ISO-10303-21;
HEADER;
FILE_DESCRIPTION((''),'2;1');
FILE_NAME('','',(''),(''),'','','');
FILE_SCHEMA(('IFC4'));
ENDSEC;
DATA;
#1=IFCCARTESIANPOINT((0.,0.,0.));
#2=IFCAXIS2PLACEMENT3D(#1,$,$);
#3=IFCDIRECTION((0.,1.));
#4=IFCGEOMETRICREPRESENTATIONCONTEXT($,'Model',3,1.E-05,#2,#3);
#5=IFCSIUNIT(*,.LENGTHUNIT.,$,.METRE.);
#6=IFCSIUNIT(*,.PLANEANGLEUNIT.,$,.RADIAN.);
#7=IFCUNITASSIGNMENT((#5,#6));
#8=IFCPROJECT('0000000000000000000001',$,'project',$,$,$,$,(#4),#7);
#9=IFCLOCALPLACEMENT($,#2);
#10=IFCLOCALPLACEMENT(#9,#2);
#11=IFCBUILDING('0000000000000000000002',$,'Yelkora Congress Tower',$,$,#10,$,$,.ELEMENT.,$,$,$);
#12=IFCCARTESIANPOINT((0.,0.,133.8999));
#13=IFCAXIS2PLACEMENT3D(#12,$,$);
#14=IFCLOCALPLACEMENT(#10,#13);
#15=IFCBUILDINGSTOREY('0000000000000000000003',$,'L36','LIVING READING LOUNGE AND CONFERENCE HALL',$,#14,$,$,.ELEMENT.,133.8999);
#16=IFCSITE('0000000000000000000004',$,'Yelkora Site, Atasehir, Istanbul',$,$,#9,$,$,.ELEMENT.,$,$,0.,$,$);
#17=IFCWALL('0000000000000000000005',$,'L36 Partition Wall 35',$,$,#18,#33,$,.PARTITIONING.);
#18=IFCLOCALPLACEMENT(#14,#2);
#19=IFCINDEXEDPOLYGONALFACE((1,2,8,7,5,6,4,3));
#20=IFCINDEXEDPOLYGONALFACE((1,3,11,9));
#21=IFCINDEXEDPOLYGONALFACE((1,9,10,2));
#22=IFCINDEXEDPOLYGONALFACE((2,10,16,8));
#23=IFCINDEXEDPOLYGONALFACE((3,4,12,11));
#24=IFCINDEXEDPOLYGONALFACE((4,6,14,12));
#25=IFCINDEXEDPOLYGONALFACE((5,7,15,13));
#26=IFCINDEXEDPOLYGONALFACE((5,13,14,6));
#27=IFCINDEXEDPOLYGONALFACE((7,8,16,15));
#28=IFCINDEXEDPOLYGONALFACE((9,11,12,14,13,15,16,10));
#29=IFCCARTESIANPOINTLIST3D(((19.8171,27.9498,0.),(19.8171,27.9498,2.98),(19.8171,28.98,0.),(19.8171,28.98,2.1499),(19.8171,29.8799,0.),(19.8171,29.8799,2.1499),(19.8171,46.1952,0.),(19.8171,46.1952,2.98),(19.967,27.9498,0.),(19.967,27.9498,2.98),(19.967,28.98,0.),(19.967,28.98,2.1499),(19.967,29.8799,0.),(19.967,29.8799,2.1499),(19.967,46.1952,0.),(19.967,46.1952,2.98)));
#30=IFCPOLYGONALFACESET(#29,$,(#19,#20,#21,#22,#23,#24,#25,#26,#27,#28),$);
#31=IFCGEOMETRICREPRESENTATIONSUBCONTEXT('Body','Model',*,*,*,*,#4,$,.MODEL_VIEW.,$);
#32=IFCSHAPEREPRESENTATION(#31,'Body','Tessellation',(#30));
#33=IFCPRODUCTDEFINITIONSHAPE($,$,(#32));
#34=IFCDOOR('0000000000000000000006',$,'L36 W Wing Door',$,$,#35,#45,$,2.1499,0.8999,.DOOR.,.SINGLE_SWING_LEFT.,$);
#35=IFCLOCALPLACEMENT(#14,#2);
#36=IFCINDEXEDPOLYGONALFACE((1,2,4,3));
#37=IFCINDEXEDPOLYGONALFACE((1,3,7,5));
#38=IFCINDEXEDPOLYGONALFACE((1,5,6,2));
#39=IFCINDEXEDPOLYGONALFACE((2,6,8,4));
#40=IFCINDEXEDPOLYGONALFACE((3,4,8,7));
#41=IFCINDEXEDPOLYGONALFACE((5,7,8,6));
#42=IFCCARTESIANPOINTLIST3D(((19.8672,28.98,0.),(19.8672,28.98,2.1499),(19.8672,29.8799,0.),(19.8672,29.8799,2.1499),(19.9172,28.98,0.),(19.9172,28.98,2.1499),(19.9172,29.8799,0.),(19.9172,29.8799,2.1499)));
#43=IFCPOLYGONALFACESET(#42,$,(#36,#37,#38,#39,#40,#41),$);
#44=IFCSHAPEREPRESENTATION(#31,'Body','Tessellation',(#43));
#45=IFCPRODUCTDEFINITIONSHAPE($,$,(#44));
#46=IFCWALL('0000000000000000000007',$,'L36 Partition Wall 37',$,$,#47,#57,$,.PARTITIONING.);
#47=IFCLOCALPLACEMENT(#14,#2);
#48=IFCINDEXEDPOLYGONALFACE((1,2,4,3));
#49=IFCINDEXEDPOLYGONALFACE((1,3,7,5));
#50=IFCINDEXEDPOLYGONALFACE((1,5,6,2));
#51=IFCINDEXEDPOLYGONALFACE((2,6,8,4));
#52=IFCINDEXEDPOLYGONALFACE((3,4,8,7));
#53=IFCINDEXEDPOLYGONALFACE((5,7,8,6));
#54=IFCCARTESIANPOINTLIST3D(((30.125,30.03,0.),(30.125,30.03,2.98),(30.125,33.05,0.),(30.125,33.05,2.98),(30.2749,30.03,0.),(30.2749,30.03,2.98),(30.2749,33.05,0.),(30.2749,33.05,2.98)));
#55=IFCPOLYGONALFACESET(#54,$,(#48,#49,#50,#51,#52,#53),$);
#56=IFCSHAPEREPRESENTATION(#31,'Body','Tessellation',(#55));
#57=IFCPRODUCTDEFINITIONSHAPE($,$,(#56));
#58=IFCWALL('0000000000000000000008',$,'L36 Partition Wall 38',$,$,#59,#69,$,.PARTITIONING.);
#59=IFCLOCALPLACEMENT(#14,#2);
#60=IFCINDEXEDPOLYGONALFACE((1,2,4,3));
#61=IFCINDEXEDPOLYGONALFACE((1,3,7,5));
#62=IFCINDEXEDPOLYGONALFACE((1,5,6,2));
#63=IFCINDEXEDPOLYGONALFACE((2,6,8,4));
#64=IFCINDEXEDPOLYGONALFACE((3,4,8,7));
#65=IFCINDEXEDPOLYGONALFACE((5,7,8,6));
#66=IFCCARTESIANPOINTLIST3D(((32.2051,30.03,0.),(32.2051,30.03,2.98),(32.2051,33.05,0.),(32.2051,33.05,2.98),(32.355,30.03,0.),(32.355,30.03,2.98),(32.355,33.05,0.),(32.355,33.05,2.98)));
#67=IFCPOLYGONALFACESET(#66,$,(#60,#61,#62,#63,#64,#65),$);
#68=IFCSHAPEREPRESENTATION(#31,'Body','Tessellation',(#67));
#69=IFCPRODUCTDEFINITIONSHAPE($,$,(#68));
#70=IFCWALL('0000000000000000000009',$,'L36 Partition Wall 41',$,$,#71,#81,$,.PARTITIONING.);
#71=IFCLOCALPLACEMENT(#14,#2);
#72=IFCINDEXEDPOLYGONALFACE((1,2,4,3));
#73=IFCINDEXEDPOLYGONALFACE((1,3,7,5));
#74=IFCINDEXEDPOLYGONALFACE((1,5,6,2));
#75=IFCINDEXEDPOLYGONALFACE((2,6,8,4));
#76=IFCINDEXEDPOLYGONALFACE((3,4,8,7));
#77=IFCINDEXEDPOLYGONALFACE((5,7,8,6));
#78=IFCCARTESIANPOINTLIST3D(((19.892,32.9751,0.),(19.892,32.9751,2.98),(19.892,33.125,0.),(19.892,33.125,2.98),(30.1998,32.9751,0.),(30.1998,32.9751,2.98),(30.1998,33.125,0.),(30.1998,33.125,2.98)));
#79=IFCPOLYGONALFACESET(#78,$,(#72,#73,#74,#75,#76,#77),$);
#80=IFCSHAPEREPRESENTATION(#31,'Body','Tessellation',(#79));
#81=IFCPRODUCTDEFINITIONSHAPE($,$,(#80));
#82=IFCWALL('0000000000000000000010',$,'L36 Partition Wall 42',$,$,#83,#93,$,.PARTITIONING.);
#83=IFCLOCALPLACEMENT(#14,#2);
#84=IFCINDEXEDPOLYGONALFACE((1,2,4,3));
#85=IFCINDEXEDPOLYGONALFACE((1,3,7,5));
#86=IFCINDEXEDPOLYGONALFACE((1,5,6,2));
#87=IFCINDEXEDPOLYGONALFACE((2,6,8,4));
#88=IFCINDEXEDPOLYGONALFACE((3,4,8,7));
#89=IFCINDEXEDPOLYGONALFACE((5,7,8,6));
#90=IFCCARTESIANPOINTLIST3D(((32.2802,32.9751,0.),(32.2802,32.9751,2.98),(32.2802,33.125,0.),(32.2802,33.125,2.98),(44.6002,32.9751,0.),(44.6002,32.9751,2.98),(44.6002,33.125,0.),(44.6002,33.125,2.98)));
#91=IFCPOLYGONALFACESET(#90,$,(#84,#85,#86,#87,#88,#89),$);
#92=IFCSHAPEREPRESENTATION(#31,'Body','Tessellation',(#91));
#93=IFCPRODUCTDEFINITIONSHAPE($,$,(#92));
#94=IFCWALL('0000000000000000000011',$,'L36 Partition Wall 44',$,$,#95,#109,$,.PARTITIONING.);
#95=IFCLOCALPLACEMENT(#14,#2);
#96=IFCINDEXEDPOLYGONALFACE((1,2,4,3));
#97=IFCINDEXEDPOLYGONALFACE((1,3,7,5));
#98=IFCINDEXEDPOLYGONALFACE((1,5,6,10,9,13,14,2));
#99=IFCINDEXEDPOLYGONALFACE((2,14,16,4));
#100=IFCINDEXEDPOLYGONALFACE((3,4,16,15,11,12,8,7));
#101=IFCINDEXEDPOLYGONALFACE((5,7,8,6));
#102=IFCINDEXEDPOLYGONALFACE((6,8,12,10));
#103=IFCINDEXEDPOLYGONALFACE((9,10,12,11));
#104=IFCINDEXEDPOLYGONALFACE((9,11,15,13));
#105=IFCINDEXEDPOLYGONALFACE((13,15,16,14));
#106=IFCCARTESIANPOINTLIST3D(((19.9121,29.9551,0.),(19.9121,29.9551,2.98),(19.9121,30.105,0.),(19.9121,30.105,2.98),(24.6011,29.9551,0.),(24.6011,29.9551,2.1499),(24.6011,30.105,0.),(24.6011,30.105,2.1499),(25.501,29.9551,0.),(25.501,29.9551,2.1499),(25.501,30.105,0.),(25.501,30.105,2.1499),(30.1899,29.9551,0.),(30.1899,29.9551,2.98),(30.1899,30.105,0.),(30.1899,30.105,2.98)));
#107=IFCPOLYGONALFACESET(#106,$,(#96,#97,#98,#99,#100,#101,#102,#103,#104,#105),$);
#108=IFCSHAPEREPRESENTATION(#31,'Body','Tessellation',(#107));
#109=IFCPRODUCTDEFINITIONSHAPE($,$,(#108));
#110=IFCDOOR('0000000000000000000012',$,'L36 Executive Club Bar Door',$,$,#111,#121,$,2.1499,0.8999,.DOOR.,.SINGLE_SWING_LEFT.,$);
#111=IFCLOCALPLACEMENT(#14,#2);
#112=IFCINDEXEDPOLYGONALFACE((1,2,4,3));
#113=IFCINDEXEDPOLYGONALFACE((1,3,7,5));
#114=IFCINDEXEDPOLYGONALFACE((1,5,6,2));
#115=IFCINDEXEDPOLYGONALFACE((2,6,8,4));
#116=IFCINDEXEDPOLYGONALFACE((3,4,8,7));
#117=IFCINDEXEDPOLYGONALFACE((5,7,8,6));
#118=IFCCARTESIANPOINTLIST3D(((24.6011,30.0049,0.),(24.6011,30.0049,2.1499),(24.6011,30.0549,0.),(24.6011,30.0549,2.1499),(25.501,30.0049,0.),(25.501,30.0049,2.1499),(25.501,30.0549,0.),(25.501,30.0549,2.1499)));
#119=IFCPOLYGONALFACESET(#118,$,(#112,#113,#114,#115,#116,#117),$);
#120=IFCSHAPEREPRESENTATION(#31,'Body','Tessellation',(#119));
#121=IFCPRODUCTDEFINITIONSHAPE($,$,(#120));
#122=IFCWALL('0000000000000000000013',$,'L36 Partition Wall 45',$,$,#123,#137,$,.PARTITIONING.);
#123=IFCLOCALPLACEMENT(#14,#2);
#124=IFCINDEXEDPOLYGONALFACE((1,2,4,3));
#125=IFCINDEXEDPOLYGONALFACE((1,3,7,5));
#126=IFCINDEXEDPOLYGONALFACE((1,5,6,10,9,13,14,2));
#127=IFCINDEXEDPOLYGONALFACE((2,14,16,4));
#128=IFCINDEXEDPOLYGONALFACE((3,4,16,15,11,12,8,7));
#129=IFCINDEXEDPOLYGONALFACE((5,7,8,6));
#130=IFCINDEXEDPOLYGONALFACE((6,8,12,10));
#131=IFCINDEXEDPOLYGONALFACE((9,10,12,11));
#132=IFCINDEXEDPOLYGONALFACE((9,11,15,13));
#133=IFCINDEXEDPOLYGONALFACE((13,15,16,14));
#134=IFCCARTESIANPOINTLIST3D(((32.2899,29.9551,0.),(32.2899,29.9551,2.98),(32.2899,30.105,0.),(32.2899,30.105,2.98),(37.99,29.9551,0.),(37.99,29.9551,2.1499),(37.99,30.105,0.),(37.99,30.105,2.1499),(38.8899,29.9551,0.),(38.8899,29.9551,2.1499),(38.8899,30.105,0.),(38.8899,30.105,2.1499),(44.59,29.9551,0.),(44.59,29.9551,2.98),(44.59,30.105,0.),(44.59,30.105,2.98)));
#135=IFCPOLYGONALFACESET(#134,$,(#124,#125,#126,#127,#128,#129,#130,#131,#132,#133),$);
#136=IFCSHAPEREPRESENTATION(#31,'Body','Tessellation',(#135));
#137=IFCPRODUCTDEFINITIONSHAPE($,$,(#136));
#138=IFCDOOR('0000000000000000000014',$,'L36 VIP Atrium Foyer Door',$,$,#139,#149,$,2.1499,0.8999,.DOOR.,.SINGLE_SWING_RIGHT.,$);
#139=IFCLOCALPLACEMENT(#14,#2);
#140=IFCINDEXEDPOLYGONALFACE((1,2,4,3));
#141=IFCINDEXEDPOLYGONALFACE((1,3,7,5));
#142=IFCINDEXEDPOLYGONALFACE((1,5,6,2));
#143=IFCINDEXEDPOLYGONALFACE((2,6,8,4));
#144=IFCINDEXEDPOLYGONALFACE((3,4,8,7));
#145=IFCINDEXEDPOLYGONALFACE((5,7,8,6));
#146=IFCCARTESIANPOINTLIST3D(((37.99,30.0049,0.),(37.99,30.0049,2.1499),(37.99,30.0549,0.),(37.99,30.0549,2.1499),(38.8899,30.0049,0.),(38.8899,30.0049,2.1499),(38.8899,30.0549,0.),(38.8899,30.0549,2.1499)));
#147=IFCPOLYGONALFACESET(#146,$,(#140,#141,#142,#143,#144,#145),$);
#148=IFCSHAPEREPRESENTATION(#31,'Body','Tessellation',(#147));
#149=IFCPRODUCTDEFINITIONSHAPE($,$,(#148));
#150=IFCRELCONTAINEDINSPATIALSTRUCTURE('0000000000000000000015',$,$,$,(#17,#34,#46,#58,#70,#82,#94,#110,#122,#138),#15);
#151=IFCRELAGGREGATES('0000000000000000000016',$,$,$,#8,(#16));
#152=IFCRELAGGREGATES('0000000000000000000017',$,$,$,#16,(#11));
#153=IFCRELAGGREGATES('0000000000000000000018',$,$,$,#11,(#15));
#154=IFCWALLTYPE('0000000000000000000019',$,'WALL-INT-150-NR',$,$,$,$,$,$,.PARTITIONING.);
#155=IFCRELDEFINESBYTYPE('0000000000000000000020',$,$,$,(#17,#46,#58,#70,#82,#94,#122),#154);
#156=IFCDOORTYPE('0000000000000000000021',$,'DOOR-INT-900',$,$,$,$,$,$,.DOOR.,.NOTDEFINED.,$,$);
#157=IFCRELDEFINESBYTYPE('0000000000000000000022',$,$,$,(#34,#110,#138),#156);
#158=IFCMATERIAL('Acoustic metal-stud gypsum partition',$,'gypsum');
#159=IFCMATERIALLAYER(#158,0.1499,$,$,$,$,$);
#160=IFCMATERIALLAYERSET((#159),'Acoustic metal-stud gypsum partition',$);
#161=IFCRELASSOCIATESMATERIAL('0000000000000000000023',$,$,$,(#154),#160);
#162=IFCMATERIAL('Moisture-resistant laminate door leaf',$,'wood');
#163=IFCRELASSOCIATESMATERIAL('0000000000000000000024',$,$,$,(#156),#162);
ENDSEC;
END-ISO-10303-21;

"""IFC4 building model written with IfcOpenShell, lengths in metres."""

from ifc_helpers import new_model, si_unit, direction, frame, frame_2d, origin, place, context, subcontext, project, spatial, rectangle, extrude, material, layer, layer_set, type_object, element, fill, save


model = new_model("IFC4")

# Units and contexts
model_context = context("Model", 3, precision=1e-05, world=origin(), true_north=direction((0.0, 1.0)))
body_context = subcontext(model_context, "Body", "Model", "MODEL_VIEW")
ifc_project = project(units=[si_unit("LENGTHUNIT", "METRE"), si_unit("PLANEANGLEUNIT", "RADIAN")], contexts=[model_context])

# Site, building, storey
site_placement = place(None, origin())
site = spatial("IfcSite", under=ifc_project, at=site_placement, Name="Yelkora Site, Atasehir, Istanbul", CompositionType="ELEMENT", RefElevation=0.0)
building_placement = place(site_placement, origin())
building = spatial("IfcBuilding", under=site, at=building_placement, Name="Yelkora Congress Tower", CompositionType="ELEMENT")
storey_placement = place(building_placement, frame((0.0, 0.0, 133.8999)))
storey = spatial("IfcBuildingStorey", under=building, at=storey_placement, Name="L36", Description="LIVING READING LOUNGE AND CONFERENCE HALL", CompositionType="ELEMENT", Elevation=133.8999)

# Wall, opening, door
ifc_material_1 = material(Name="Acoustic metal-stud gypsum partition", Category="gypsum")
ifc_layer = layer(ifc_material_1, 0.1499)
ifc_layer_set = layer_set([ifc_layer], Name="Acoustic metal-stud gypsum partition")
wall_type = type_object("IfcWallType", Name="WALL-INT-150-NR", PredefinedType="PARTITIONING", material=ifc_layer_set)
wall_1_placement = place(storey_placement, frame((19.8921, 27.95, 0.0), z_axis=(0.0, 0.0, 1.0), x_axis=(0.0, 1.0, 0.0)))
wall_1 = element("IfcWall", 1, at=wall_1_placement, inside=storey, type_object=wall_type, Name="L36 Partition Wall 35", PredefinedType="PARTITIONING", context=body_context, shape_type="SweptSolid", body=[
    extrude(rectangle(XDim=18.2454, YDim=0.1499, at=frame_2d((9.1226, 0.0))), origin(), (0.0, 0.0, 1.0), 2.98),
])
opening_1_placement = place(wall_1_placement, frame((1.03, 0.0, 0.0)))
opening_1 = element("IfcOpeningElement", 2, at=opening_1_placement, cuts=wall_1, PredefinedType="OPENING", context=body_context, shape_type="SweptSolid", body=[
    extrude(rectangle(XDim=0.8999, YDim=2.1499, at=frame_2d((0.45, 1.075))), frame((0.0, 0.085, 0.0), z_axis=(0.0, -1.0, 0.0), x_axis=(1.0, 0.0, 0.0)), (0.0, 0.0, 1.0), 0.1699),
])
ifc_material_2 = material(Name="Moisture-resistant laminate door leaf", Category="wood")
door_type = type_object("IfcDoorType", Name="DOOR-INT-900", OperationType="NOTDEFINED", PredefinedType="DOOR", material=ifc_material_2)
door_1_placement = place(opening_1_placement, origin())
door_1 = element("IfcDoor", 3, at=door_1_placement, inside=storey, type_object=door_type, Name="L36 W Wing Door", OperationType="SINGLE_SWING_LEFT", OverallHeight=2.1499, OverallWidth=0.8999, PredefinedType="DOOR", context=body_context, shape_type="SweptSolid", body=[
    extrude(rectangle(XDim=0.8999, YDim=2.1499, at=frame_2d((0.45, 1.075))), frame((0.0, 0.0249, 0.0), z_axis=(0.0, -1.0, 0.0), x_axis=(1.0, 0.0, 0.0)), (0.0, 0.0, 1.0), 0.05),
])
fill(opening_1, door_1)

# Walls
for number, where, z_axis, x_axis, name in (
    (4, (30.2, 30.03, 0.0), (0.0, 0.0, 1.0), (0.0, 1.0, 0.0), "L36 Partition Wall 37"),
    (5, (32.28, 30.03, 0.0), (0.0, 0.0, 1.0), (0.0, 1.0, 0.0), "L36 Partition Wall 38"),
):
    element("IfcWall", number, at=place(storey_placement, frame(where, z_axis=z_axis, x_axis=x_axis)), inside=storey, type_object=wall_type, Name=name, PredefinedType="PARTITIONING", context=body_context, shape_type="SweptSolid", body=[
        extrude(rectangle(XDim=3.02, YDim=0.1499, at=frame_2d((1.51, 0.0))), origin(), (0.0, 0.0, 1.0), 2.98),
    ])
wall_2_placement = place(storey_placement, frame((19.8921, 33.05, 0.0), z_axis=(0.0, 0.0, 1.0), x_axis=(1.0, 0.0, 0.0)))
element("IfcWall", 6, at=wall_2_placement, inside=storey, type_object=wall_type, Name="L36 Partition Wall 41", PredefinedType="PARTITIONING", context=body_context, shape_type="SweptSolid", body=[
    extrude(rectangle(XDim=10.3079, YDim=0.1499, at=frame_2d((5.1538, 0.0))), origin(), (0.0, 0.0, 1.0), 2.98),
])
wall_3_placement = place(storey_placement, frame((32.28, 33.05, 0.0), z_axis=(0.0, 0.0, 1.0), x_axis=(1.0, 0.0, 0.0)))
element("IfcWall", 7, at=wall_3_placement, inside=storey, type_object=wall_type, Name="L36 Partition Wall 42", PredefinedType="PARTITIONING", context=body_context, shape_type="SweptSolid", body=[
    extrude(rectangle(XDim=12.3201, YDim=0.1499, at=frame_2d((6.1602, 0.0))), origin(), (0.0, 0.0, 1.0), 2.98),
])

# Walls, openings, doors
wall_4_placement = place(storey_placement, frame((19.9121, 30.03, 0.0), z_axis=(0.0, 0.0, 1.0), x_axis=(1.0, 0.0, 0.0)))
wall_4 = element("IfcWall", 8, at=wall_4_placement, inside=storey, type_object=wall_type, Name="L36 Partition Wall 44", PredefinedType="PARTITIONING", context=body_context, shape_type="SweptSolid", body=[
    extrude(rectangle(XDim=10.2778, YDim=0.1499, at=frame_2d((5.1389, 0.0))), origin(), (0.0, 0.0, 1.0), 2.98),
])
opening_2_placement = place(wall_4_placement, frame((4.689, 0.0, 0.0)))
opening_2 = element("IfcOpeningElement", 9, at=opening_2_placement, cuts=wall_4, PredefinedType="OPENING", context=body_context, shape_type="SweptSolid", body=[
    extrude(rectangle(XDim=0.8999, YDim=2.1499, at=frame_2d((0.45, 1.075))), frame((0.0, 0.085, 0.0), z_axis=(0.0, -1.0, 0.0), x_axis=(1.0, 0.0, 0.0)), (0.0, 0.0, 1.0), 0.1699),
])
door_2_placement = place(opening_2_placement, origin())
door_2 = element("IfcDoor", 10, at=door_2_placement, inside=storey, type_object=door_type, Name="L36 Executive Club Bar Door", OperationType="SINGLE_SWING_LEFT", OverallHeight=2.1499, OverallWidth=0.8999, PredefinedType="DOOR", context=body_context, shape_type="SweptSolid", body=[
    extrude(rectangle(XDim=0.8999, YDim=2.1499, at=frame_2d((0.45, 1.075))), frame((0.0, 0.0249, 0.0), z_axis=(0.0, -1.0, 0.0), x_axis=(1.0, 0.0, 0.0)), (0.0, 0.0, 1.0), 0.05),
])
fill(opening_2, door_2)
wall_5_placement = place(storey_placement, frame((32.29, 30.03, 0.0), z_axis=(0.0, 0.0, 1.0), x_axis=(1.0, 0.0, 0.0)))
wall_5 = element("IfcWall", 11, at=wall_5_placement, inside=storey, type_object=wall_type, Name="L36 Partition Wall 45", PredefinedType="PARTITIONING", context=body_context, shape_type="SweptSolid", body=[
    extrude(rectangle(XDim=12.3, YDim=0.1499, at=frame_2d((6.1499, 0.0))), origin(), (0.0, 0.0, 1.0), 2.98),
])
opening_3_placement = place(wall_5_placement, frame((5.7, 0.0, 0.0)))
opening_3 = element("IfcOpeningElement", 12, at=opening_3_placement, cuts=wall_5, PredefinedType="OPENING", context=body_context, shape_type="SweptSolid", body=[
    extrude(rectangle(XDim=0.8999, YDim=2.1499, at=frame_2d((0.45, 1.075))), frame((0.0, 0.085, 0.0), z_axis=(0.0, -1.0, 0.0), x_axis=(1.0, 0.0, 0.0)), (0.0, 0.0, 1.0), 0.1699),
])
door_3_placement = place(opening_3_placement, origin())
door_3 = element("IfcDoor", 13, at=door_3_placement, inside=storey, type_object=door_type, Name="L36 VIP Atrium Foyer Door", OperationType="SINGLE_SWING_RIGHT", OverallHeight=2.1499, OverallWidth=0.8999, PredefinedType="DOOR", context=body_context, shape_type="SweptSolid", body=[
    extrude(rectangle(XDim=0.8999, YDim=2.1499, at=frame_2d((0.45, 1.075))), frame((0.0, 0.0249, 0.0), z_axis=(0.0, -1.0, 0.0), x_axis=(1.0, 0.0, 0.0)), (0.0, 0.0, 1.0), 0.05),
])
fill(opening_3, door_3)

save(model, "model.ifc")
